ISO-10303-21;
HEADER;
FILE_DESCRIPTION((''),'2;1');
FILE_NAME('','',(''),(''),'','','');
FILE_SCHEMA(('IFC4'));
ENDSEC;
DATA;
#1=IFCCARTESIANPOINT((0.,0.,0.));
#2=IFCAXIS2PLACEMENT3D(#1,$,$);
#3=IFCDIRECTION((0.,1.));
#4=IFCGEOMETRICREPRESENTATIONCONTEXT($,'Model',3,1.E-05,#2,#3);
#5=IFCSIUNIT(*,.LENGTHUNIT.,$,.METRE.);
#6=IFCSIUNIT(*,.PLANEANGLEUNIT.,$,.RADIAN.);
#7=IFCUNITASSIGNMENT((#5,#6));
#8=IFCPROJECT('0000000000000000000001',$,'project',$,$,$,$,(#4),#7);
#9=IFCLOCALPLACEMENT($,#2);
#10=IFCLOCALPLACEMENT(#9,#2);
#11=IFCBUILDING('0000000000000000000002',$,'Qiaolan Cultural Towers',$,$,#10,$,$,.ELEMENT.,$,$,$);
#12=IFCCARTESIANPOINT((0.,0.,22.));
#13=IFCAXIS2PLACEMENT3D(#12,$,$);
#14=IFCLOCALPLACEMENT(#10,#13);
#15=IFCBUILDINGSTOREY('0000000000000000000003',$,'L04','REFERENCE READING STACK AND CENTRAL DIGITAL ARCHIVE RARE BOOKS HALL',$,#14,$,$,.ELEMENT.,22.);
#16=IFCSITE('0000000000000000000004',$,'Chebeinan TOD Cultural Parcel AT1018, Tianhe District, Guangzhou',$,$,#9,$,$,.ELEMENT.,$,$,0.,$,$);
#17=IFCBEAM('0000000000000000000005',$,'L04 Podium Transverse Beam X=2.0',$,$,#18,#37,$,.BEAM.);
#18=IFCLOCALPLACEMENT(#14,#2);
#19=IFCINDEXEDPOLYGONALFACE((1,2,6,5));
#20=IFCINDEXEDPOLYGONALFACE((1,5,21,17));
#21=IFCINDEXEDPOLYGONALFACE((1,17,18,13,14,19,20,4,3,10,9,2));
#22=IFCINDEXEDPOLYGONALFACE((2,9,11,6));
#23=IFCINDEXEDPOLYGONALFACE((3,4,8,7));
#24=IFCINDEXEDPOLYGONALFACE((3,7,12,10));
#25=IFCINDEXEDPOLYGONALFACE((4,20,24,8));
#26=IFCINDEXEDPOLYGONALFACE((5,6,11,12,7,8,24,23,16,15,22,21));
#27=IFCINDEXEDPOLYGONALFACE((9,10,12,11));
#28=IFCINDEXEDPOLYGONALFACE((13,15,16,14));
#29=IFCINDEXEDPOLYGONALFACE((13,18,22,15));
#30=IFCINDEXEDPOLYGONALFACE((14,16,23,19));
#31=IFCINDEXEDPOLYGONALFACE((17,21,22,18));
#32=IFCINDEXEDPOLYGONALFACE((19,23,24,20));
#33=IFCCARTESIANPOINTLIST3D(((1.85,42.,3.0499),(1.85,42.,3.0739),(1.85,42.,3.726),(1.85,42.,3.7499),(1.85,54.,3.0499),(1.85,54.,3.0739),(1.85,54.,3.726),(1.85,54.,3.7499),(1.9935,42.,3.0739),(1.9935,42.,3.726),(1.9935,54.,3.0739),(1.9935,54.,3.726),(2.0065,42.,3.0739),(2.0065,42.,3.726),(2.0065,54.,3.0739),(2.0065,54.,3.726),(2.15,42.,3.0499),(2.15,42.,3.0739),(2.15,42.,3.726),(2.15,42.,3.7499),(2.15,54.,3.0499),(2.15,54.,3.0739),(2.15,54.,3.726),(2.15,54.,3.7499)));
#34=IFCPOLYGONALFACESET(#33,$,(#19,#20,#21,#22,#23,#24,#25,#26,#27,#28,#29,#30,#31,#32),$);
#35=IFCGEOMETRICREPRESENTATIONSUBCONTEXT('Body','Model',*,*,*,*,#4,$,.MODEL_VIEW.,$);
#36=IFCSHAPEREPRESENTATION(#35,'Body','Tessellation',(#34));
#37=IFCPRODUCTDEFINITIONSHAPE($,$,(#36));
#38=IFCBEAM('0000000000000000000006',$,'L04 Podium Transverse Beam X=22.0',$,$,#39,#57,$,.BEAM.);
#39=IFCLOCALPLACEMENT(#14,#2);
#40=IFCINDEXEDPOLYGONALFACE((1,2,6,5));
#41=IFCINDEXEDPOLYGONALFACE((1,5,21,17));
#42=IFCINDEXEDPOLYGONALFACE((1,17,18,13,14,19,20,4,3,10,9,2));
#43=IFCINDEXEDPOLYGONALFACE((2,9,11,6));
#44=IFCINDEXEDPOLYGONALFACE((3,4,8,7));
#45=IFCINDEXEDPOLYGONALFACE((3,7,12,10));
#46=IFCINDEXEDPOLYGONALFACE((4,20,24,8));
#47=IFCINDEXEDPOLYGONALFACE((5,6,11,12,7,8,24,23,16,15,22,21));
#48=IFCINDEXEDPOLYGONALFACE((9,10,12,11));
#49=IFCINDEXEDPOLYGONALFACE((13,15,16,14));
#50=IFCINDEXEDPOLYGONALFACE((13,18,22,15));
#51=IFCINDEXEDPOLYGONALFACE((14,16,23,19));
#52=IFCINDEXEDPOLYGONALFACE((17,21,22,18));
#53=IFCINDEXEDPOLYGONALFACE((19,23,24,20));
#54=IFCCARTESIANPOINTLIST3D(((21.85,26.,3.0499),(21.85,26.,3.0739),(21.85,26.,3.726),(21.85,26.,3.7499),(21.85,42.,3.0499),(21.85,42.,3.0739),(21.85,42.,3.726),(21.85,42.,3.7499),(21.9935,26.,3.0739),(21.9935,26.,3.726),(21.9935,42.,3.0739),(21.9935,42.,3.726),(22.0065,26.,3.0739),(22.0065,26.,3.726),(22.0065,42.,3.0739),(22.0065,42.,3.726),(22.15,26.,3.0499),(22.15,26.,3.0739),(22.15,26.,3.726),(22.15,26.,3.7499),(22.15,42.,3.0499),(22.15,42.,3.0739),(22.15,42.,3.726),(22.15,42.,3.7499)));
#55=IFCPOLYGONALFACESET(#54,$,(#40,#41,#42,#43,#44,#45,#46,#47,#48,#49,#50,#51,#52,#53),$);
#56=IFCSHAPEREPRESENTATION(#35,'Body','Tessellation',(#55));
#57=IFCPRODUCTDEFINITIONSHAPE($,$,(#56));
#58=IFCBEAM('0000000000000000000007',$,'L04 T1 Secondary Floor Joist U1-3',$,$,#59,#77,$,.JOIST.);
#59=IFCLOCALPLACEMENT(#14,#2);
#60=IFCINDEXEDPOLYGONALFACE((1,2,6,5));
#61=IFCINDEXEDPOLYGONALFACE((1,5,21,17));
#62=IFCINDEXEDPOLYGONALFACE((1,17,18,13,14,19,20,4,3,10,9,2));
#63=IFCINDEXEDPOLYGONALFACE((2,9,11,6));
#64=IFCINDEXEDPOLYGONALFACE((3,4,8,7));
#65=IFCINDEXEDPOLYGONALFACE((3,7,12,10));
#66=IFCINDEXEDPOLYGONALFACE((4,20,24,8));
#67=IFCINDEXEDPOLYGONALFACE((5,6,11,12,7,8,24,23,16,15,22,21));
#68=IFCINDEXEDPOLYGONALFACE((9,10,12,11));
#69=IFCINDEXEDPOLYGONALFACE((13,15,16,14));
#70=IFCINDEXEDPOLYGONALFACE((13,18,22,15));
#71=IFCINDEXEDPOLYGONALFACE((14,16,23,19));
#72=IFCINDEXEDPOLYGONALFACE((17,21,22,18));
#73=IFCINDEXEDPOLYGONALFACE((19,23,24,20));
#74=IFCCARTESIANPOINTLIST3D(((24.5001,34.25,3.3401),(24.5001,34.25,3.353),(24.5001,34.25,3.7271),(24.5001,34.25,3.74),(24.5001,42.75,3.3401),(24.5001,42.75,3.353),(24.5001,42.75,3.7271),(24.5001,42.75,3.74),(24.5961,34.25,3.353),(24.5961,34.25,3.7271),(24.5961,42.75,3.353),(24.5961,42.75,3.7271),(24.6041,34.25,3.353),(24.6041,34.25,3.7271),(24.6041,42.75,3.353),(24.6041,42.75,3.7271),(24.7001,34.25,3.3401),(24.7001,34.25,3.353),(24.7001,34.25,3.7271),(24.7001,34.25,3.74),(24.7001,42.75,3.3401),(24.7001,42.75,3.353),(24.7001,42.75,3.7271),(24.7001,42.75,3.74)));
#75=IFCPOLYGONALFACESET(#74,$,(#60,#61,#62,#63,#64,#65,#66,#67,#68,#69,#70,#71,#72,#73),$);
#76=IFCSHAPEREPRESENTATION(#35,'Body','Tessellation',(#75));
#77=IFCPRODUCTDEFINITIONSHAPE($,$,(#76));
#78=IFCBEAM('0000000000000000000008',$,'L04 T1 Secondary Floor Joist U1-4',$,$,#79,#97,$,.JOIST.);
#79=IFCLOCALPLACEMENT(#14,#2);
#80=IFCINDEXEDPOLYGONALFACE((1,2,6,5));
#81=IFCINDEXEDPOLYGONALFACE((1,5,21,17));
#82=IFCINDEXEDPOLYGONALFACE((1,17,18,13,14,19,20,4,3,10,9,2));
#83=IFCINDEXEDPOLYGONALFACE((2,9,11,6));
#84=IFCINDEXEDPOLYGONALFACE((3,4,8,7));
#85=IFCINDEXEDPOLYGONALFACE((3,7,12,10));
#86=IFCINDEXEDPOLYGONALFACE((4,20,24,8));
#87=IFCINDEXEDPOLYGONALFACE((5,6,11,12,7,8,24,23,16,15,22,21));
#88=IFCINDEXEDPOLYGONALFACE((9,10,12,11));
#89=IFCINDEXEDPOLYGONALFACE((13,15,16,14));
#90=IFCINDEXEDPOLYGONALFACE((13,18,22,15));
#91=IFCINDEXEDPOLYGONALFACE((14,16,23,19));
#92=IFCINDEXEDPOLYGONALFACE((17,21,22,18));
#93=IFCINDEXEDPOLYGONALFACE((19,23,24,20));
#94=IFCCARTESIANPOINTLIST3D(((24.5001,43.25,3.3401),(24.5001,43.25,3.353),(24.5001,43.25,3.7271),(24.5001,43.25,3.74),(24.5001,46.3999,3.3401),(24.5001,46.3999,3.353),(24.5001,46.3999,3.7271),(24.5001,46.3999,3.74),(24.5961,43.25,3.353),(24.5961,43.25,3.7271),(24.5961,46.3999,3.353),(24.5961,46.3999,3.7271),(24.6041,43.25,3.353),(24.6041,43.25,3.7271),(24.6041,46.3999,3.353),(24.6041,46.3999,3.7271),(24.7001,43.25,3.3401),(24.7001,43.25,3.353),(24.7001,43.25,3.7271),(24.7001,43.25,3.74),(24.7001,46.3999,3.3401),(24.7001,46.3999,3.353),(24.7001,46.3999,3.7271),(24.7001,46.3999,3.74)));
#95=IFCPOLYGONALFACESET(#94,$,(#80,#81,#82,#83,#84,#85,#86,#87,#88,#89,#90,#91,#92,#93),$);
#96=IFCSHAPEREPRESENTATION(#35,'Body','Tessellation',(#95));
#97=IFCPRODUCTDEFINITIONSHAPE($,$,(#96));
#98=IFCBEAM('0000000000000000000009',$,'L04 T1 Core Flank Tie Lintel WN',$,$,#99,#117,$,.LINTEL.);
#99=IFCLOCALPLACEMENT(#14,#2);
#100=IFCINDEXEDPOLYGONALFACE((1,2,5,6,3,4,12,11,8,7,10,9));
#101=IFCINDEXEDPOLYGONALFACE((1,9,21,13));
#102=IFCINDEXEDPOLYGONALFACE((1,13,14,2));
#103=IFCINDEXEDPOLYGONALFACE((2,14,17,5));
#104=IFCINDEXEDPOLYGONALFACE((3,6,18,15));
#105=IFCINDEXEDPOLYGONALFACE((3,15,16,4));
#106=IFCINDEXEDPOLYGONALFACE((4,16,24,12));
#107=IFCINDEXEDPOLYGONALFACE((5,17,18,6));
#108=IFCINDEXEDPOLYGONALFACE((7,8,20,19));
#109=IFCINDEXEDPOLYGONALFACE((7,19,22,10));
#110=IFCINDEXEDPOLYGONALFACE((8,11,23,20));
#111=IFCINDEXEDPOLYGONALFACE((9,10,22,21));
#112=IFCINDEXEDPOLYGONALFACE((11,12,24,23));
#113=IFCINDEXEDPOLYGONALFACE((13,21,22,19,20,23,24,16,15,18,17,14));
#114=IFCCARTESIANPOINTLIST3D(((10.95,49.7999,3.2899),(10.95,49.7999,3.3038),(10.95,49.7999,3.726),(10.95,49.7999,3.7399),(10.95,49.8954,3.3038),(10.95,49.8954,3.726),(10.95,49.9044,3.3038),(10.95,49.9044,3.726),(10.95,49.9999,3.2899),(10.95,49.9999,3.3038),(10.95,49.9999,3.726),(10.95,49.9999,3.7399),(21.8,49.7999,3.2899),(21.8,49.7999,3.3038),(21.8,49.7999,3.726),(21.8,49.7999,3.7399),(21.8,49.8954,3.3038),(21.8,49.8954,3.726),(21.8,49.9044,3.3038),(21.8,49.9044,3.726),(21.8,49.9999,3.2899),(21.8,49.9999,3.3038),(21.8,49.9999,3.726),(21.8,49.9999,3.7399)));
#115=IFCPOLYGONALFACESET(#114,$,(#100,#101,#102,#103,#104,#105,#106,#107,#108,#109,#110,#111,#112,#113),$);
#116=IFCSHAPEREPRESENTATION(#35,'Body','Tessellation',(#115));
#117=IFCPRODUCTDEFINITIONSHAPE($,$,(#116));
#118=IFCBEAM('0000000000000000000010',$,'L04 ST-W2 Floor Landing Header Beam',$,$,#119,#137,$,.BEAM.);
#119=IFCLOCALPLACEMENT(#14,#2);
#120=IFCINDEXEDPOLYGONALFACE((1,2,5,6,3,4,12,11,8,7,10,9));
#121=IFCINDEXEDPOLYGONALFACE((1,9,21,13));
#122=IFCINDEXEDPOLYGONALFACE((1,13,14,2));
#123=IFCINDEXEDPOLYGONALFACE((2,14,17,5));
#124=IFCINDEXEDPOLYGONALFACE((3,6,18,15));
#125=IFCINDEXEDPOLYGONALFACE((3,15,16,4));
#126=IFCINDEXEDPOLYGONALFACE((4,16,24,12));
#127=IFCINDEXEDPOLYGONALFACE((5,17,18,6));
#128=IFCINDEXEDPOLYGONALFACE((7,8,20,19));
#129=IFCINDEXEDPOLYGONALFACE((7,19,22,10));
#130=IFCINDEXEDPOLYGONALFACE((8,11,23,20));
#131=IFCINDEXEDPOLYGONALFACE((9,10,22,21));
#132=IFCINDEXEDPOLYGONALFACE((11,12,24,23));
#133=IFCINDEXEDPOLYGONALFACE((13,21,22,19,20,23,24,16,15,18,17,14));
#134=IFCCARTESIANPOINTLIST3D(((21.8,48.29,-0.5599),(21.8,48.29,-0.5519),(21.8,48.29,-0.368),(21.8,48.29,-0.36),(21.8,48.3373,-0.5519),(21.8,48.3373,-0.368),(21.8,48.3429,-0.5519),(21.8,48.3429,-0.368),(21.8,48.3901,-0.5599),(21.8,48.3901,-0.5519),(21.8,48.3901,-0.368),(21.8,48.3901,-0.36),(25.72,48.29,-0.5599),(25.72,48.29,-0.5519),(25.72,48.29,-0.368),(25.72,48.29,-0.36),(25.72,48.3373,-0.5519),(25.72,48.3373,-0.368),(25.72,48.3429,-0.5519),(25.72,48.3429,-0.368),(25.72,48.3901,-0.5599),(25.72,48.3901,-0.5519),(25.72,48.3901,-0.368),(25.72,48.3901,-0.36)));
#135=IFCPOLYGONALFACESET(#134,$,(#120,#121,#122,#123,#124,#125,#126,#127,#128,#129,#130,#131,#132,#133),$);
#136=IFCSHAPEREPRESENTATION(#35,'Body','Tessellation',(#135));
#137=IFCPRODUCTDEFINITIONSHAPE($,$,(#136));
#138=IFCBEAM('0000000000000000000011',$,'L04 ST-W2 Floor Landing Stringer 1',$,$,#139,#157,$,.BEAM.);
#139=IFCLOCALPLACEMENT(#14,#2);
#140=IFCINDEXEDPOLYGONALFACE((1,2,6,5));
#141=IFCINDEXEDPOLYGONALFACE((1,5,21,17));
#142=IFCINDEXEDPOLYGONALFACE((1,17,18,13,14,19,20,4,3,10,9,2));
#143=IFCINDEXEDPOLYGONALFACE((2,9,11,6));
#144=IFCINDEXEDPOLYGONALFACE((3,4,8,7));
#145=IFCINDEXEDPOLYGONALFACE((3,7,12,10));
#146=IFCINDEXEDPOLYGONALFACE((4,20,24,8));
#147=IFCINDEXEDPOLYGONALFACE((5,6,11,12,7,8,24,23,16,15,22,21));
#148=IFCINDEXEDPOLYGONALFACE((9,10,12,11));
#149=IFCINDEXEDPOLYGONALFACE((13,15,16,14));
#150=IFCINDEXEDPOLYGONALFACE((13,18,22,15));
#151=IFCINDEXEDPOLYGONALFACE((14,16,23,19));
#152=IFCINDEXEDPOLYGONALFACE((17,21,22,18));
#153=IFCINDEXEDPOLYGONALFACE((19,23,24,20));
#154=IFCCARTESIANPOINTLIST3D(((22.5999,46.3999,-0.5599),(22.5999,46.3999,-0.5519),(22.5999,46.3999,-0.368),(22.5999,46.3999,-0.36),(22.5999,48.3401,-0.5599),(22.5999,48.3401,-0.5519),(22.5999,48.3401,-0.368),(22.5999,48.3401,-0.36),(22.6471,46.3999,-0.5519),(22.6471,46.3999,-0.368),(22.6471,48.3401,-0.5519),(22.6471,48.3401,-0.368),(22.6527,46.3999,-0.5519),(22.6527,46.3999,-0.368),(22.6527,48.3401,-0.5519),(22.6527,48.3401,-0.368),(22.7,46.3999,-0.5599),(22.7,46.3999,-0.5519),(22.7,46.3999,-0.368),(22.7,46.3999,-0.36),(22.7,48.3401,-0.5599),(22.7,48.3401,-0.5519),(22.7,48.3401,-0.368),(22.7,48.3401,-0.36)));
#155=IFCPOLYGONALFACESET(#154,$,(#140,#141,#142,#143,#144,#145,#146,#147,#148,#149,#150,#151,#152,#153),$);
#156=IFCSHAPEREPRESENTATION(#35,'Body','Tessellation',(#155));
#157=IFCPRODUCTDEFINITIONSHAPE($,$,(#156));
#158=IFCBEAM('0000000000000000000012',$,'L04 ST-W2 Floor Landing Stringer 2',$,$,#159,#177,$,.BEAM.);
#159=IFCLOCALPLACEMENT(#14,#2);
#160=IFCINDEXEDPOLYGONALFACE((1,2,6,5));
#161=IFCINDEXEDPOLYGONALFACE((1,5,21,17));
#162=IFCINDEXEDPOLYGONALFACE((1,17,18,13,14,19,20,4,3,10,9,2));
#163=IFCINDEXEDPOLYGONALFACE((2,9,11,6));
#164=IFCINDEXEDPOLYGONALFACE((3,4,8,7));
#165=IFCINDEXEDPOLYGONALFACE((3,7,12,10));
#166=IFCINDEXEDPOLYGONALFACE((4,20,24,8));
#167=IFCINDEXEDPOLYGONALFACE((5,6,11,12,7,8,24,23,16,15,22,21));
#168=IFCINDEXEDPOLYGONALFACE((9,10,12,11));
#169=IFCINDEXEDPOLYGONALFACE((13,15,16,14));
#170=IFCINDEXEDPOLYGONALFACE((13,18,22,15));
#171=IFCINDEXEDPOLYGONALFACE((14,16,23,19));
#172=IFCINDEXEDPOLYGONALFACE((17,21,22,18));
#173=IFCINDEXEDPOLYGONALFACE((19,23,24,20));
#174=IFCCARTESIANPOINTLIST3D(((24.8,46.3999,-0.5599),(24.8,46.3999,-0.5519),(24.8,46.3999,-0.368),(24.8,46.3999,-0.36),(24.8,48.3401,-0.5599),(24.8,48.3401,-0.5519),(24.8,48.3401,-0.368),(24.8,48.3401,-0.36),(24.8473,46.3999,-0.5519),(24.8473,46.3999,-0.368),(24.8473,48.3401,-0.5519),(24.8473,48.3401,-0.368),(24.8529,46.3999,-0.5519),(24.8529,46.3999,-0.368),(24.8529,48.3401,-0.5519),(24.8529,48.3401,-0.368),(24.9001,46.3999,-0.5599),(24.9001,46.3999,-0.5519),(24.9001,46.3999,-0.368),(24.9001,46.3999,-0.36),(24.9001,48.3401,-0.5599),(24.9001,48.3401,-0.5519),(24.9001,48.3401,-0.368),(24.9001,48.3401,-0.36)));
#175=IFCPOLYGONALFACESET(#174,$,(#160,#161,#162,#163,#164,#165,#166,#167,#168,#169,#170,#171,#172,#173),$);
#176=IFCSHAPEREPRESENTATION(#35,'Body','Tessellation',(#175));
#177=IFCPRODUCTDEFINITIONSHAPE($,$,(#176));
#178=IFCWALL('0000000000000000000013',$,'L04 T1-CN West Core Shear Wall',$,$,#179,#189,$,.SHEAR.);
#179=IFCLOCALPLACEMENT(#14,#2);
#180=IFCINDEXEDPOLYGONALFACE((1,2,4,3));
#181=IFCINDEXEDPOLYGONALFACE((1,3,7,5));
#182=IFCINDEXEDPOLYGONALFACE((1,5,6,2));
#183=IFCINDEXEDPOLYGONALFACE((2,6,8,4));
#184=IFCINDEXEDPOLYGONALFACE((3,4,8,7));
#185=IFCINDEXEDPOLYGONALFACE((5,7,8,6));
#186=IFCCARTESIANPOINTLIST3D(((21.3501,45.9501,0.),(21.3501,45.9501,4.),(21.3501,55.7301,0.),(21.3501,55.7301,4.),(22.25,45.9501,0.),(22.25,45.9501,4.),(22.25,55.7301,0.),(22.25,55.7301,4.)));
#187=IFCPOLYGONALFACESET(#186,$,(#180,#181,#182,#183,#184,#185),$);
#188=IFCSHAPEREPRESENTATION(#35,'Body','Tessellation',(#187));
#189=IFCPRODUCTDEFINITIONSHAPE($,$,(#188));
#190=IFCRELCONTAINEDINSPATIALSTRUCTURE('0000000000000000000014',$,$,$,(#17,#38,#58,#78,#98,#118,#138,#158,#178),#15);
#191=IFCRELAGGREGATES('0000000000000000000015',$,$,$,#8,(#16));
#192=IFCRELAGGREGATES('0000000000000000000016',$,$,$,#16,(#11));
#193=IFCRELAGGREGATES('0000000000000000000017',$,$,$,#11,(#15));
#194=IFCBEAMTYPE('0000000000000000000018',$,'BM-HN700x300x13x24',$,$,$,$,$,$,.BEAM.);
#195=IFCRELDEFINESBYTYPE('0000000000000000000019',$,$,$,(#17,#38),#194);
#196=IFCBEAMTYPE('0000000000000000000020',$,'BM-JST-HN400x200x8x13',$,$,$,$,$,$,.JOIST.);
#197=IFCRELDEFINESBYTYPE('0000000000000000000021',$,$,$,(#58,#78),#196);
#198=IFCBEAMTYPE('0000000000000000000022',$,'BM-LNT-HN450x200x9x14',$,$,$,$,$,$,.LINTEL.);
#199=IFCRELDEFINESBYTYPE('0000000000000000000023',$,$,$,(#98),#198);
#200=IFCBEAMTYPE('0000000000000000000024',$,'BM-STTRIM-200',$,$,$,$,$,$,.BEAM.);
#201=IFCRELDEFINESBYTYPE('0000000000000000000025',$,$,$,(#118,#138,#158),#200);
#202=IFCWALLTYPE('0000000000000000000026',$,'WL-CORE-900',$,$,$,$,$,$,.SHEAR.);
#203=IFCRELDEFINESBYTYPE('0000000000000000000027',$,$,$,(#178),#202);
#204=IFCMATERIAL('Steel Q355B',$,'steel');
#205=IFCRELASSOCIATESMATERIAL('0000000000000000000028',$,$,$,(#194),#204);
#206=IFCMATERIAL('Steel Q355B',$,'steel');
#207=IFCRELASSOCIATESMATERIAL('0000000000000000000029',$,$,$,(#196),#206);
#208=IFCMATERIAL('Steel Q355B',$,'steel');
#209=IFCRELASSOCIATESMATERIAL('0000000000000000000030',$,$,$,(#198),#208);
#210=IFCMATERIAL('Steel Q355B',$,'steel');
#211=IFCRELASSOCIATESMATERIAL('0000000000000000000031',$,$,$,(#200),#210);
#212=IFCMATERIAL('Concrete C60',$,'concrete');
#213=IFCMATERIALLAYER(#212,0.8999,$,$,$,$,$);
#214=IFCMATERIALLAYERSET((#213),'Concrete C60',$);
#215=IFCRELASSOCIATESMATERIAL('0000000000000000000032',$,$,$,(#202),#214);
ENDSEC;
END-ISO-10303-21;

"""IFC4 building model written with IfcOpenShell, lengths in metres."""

from ifc_helpers import new_model, si_unit, direction, frame, frame_2d, origin, origin_2d, place, context, subcontext, project, spatial, rectangle, i_section, extrude, material, layer, layer_set, material_profile, profile_set, type_object, element, save


model = new_model("IFC4")

# Units and contexts
model_context = context("Model", 3, precision=1e-05, world=origin(), true_north=direction((0.0, 1.0)))
body_context = subcontext(model_context, "Body", "Model", "MODEL_VIEW")
ifc_project = project(units=[si_unit("LENGTHUNIT", "METRE"), si_unit("PLANEANGLEUNIT", "RADIAN")], contexts=[model_context])

# Site, building, storey
site_placement = place(None, origin())
site = spatial("IfcSite", under=ifc_project, at=site_placement, Name="Chebeinan TOD Cultural Parcel AT1018, Tianhe District, Guangzhou", CompositionType="ELEMENT", RefElevation=0.0)
building_placement = place(site_placement, origin())
building = spatial("IfcBuilding", under=site, at=building_placement, Name="Qiaolan Cultural Towers", CompositionType="ELEMENT")
storey_placement = place(building_placement, frame((0.0, 0.0, 22.0)))
storey = spatial("IfcBuildingStorey", under=building, at=storey_placement, Name="L04", Description="REFERENCE READING STACK AND CENTRAL DIGITAL ARCHIVE RARE BOOKS HALL", CompositionType="ELEMENT", Elevation=22.0)

# Beams
ifc_material_1 = material(Name="Steel Q355B", Category="steel")
ifc_material_profile_1 = material_profile(ifc_material_1, i_section(OverallWidth=0.3, OverallDepth=0.7, WebThickness=0.0129, FlangeThickness=0.0239, at=origin_2d()), Name="HN700x300x13x24")
ifc_profile_set_1 = profile_set([ifc_material_profile_1], Name="Steel Q355B")
beam_type_1 = type_object("IfcBeamType", Name="BM-HN700x300x13x24", PredefinedType="BEAM", material=ifc_profile_set_1)
beam_1_placement = place(storey_placement, frame((2.0, 42.0, 3.3999), z_axis=(0.0, 1.0, 0.0), x_axis=(-1.0, 0.0, 0.0)))
element("IfcBeam", 1, at=beam_1_placement, inside=storey, type_object=beam_type_1, Name="L04 Podium Transverse Beam X=2.0", PredefinedType="BEAM", context=body_context, shape_type="SweptSolid", body=[
    extrude(i_section(OverallWidth=0.3, OverallDepth=0.7, WebThickness=0.0129, FlangeThickness=0.0239, at=origin_2d()), origin(), (0.0, 0.0, 1.0), 12.0),
])
beam_2_placement = place(storey_placement, frame((22.0, 26.0, 3.3999), z_axis=(0.0, 1.0, 0.0), x_axis=(-1.0, 0.0, 0.0)))
element("IfcBeam", 2, at=beam_2_placement, inside=storey, type_object=beam_type_1, Name="L04 Podium Transverse Beam X=22.0", PredefinedType="BEAM", context=body_context, shape_type="SweptSolid", body=[
    extrude(i_section(OverallWidth=0.3, OverallDepth=0.7, WebThickness=0.0129, FlangeThickness=0.0239, at=origin_2d()), origin(), (0.0, 0.0, 1.0), 16.0),
])
ifc_material_2 = material(Name="Steel Q355B", Category="steel")
ifc_material_profile_2 = material_profile(ifc_material_2, i_section(OverallWidth=0.2, OverallDepth=0.3999, WebThickness=0.0081, FlangeThickness=0.0129, at=origin_2d()), Name="HN400x200x8x13")
ifc_profile_set_2 = profile_set([ifc_material_profile_2], Name="Steel Q355B")
beam_type_2 = type_object("IfcBeamType", Name="BM-JST-HN400x200x8x13", PredefinedType="JOIST", material=ifc_profile_set_2)
beam_3_placement = place(storey_placement, frame((24.6001, 34.25, 3.54), z_axis=(0.0, 1.0, 0.0), x_axis=(-1.0, 0.0, 0.0)))
element("IfcBeam", 3, at=beam_3_placement, inside=storey, type_object=beam_type_2, Name="L04 T1 Secondary Floor Joist U1-3", PredefinedType="JOIST", context=body_context, shape_type="SweptSolid", body=[
    extrude(i_section(OverallWidth=0.2, OverallDepth=0.3999, WebThickness=0.0081, FlangeThickness=0.0129, at=origin_2d()), origin(), (0.0, 0.0, 1.0), 8.5),
])
beam_4_placement = place(storey_placement, frame((24.6001, 43.25, 3.54), z_axis=(0.0, 1.0, 0.0), x_axis=(-1.0, 0.0, 0.0)))
element("IfcBeam", 4, at=beam_4_placement, inside=storey, type_object=beam_type_2, Name="L04 T1 Secondary Floor Joist U1-4", PredefinedType="JOIST", context=body_context, shape_type="SweptSolid", body=[
    extrude(i_section(OverallWidth=0.2, OverallDepth=0.3999, WebThickness=0.0081, FlangeThickness=0.0129, at=origin_2d()), origin(), (0.0, 0.0, 1.0), 3.1499),
])
ifc_material_3 = material(Name="Steel Q355B", Category="steel")
ifc_material_profile_3 = material_profile(ifc_material_3, i_section(OverallWidth=0.2, OverallDepth=0.45, WebThickness=0.009, FlangeThickness=0.0139, at=origin_2d()), Name="HN450x200x9x14")
ifc_profile_set_3 = profile_set([ifc_material_profile_3], Name="Steel Q355B")
beam_type_3 = type_object("IfcBeamType", Name="BM-LNT-HN450x200x9x14", PredefinedType="LINTEL", material=ifc_profile_set_3)
beam_5_placement = place(storey_placement, frame((21.8, 49.8999, 3.5149), z_axis=(-1.0, 0.0, 0.0), x_axis=(0.0, -1.0, 0.0)))
element("IfcBeam", 5, at=beam_5_placement, inside=storey, type_object=beam_type_3, Name="L04 T1 Core Flank Tie Lintel WN", PredefinedType="LINTEL", context=body_context, shape_type="SweptSolid", body=[
    extrude(i_section(OverallWidth=0.2, OverallDepth=0.45, WebThickness=0.009, FlangeThickness=0.0139, at=origin_2d()), origin(), (0.0, 0.0, 1.0), 10.8501),
])
ifc_material_4 = material(Name="Steel Q355B", Category="steel")
ifc_material_profile_4 = material_profile(ifc_material_4, i_section(OverallWidth=0.1001, OverallDepth=0.2, WebThickness=0.0056, FlangeThickness=0.0081, at=origin_2d()), Name="HN200x100x5.5x8")
ifc_profile_set_4 = profile_set([ifc_material_profile_4], Name="Steel Q355B")
beam_type_4 = type_object("IfcBeamType", Name="BM-STTRIM-200", PredefinedType="BEAM", material=ifc_profile_set_4)
beam_6_placement = place(storey_placement, frame((21.8, 48.3401, -0.46), z_axis=(1.0, 0.0, 0.0), x_axis=(0.0, 1.0, 0.0)))
element("IfcBeam", 6, at=beam_6_placement, inside=storey, type_object=beam_type_4, Name="L04 ST-W2 Floor Landing Header Beam", PredefinedType="BEAM", context=body_context, shape_type="SweptSolid", body=[
    extrude(i_section(OverallWidth=0.1001, OverallDepth=0.2, WebThickness=0.0056, FlangeThickness=0.0081, at=origin_2d()), origin(), (0.0, 0.0, 1.0), 3.9199),
])
for number, where, z_axis, x_axis, name in (
    (7, (22.6499, 46.3999, -0.46), (0.0, 1.0, 0.0), (-1.0, 0.0, 0.0), "L04 ST-W2 Floor Landing Stringer 1"),
    (8, (24.8501, 46.3999, -0.46), (0.0, 1.0, 0.0), (-1.0, 0.0, 0.0), "L04 ST-W2 Floor Landing Stringer 2"),
):
    element("IfcBeam", number, at=place(storey_placement, frame(where, z_axis=z_axis, x_axis=x_axis)), inside=storey, type_object=beam_type_4, Name=name, PredefinedType="BEAM", context=body_context, shape_type="SweptSolid", body=[
        extrude(i_section(OverallWidth=0.1001, OverallDepth=0.2, WebThickness=0.0056, FlangeThickness=0.0081, at=origin_2d()), origin(), (0.0, 0.0, 1.0), 1.9402),
    ])

# Wall
ifc_material_5 = material(Name="Concrete C60", Category="concrete")
ifc_layer_1 = layer(ifc_material_5, 0.8999)
ifc_layer_set_1 = layer_set([ifc_layer_1], Name="Concrete C60")
wall_type_1 = type_object("IfcWallType", Name="WL-CORE-900", PredefinedType="SHEAR", material=ifc_layer_set_1)
wall_1_placement = place(storey_placement, frame((21.8, 45.95, 0.0), z_axis=(0.0, 0.0, 1.0), x_axis=(0.0, 1.0, 0.0)))
element("IfcWall", 9, at=wall_1_placement, inside=storey, type_object=wall_type_1, Name="L04 T1-CN West Core Shear Wall", PredefinedType="SHEAR", context=body_context, shape_type="SweptSolid", body=[
    extrude(rectangle(XDim=9.78, YDim=0.8999, at=frame_2d((4.8901, 0.0))), origin(), (0.0, 0.0, 1.0), 4.0),
])

save(model, "model.ifc")
